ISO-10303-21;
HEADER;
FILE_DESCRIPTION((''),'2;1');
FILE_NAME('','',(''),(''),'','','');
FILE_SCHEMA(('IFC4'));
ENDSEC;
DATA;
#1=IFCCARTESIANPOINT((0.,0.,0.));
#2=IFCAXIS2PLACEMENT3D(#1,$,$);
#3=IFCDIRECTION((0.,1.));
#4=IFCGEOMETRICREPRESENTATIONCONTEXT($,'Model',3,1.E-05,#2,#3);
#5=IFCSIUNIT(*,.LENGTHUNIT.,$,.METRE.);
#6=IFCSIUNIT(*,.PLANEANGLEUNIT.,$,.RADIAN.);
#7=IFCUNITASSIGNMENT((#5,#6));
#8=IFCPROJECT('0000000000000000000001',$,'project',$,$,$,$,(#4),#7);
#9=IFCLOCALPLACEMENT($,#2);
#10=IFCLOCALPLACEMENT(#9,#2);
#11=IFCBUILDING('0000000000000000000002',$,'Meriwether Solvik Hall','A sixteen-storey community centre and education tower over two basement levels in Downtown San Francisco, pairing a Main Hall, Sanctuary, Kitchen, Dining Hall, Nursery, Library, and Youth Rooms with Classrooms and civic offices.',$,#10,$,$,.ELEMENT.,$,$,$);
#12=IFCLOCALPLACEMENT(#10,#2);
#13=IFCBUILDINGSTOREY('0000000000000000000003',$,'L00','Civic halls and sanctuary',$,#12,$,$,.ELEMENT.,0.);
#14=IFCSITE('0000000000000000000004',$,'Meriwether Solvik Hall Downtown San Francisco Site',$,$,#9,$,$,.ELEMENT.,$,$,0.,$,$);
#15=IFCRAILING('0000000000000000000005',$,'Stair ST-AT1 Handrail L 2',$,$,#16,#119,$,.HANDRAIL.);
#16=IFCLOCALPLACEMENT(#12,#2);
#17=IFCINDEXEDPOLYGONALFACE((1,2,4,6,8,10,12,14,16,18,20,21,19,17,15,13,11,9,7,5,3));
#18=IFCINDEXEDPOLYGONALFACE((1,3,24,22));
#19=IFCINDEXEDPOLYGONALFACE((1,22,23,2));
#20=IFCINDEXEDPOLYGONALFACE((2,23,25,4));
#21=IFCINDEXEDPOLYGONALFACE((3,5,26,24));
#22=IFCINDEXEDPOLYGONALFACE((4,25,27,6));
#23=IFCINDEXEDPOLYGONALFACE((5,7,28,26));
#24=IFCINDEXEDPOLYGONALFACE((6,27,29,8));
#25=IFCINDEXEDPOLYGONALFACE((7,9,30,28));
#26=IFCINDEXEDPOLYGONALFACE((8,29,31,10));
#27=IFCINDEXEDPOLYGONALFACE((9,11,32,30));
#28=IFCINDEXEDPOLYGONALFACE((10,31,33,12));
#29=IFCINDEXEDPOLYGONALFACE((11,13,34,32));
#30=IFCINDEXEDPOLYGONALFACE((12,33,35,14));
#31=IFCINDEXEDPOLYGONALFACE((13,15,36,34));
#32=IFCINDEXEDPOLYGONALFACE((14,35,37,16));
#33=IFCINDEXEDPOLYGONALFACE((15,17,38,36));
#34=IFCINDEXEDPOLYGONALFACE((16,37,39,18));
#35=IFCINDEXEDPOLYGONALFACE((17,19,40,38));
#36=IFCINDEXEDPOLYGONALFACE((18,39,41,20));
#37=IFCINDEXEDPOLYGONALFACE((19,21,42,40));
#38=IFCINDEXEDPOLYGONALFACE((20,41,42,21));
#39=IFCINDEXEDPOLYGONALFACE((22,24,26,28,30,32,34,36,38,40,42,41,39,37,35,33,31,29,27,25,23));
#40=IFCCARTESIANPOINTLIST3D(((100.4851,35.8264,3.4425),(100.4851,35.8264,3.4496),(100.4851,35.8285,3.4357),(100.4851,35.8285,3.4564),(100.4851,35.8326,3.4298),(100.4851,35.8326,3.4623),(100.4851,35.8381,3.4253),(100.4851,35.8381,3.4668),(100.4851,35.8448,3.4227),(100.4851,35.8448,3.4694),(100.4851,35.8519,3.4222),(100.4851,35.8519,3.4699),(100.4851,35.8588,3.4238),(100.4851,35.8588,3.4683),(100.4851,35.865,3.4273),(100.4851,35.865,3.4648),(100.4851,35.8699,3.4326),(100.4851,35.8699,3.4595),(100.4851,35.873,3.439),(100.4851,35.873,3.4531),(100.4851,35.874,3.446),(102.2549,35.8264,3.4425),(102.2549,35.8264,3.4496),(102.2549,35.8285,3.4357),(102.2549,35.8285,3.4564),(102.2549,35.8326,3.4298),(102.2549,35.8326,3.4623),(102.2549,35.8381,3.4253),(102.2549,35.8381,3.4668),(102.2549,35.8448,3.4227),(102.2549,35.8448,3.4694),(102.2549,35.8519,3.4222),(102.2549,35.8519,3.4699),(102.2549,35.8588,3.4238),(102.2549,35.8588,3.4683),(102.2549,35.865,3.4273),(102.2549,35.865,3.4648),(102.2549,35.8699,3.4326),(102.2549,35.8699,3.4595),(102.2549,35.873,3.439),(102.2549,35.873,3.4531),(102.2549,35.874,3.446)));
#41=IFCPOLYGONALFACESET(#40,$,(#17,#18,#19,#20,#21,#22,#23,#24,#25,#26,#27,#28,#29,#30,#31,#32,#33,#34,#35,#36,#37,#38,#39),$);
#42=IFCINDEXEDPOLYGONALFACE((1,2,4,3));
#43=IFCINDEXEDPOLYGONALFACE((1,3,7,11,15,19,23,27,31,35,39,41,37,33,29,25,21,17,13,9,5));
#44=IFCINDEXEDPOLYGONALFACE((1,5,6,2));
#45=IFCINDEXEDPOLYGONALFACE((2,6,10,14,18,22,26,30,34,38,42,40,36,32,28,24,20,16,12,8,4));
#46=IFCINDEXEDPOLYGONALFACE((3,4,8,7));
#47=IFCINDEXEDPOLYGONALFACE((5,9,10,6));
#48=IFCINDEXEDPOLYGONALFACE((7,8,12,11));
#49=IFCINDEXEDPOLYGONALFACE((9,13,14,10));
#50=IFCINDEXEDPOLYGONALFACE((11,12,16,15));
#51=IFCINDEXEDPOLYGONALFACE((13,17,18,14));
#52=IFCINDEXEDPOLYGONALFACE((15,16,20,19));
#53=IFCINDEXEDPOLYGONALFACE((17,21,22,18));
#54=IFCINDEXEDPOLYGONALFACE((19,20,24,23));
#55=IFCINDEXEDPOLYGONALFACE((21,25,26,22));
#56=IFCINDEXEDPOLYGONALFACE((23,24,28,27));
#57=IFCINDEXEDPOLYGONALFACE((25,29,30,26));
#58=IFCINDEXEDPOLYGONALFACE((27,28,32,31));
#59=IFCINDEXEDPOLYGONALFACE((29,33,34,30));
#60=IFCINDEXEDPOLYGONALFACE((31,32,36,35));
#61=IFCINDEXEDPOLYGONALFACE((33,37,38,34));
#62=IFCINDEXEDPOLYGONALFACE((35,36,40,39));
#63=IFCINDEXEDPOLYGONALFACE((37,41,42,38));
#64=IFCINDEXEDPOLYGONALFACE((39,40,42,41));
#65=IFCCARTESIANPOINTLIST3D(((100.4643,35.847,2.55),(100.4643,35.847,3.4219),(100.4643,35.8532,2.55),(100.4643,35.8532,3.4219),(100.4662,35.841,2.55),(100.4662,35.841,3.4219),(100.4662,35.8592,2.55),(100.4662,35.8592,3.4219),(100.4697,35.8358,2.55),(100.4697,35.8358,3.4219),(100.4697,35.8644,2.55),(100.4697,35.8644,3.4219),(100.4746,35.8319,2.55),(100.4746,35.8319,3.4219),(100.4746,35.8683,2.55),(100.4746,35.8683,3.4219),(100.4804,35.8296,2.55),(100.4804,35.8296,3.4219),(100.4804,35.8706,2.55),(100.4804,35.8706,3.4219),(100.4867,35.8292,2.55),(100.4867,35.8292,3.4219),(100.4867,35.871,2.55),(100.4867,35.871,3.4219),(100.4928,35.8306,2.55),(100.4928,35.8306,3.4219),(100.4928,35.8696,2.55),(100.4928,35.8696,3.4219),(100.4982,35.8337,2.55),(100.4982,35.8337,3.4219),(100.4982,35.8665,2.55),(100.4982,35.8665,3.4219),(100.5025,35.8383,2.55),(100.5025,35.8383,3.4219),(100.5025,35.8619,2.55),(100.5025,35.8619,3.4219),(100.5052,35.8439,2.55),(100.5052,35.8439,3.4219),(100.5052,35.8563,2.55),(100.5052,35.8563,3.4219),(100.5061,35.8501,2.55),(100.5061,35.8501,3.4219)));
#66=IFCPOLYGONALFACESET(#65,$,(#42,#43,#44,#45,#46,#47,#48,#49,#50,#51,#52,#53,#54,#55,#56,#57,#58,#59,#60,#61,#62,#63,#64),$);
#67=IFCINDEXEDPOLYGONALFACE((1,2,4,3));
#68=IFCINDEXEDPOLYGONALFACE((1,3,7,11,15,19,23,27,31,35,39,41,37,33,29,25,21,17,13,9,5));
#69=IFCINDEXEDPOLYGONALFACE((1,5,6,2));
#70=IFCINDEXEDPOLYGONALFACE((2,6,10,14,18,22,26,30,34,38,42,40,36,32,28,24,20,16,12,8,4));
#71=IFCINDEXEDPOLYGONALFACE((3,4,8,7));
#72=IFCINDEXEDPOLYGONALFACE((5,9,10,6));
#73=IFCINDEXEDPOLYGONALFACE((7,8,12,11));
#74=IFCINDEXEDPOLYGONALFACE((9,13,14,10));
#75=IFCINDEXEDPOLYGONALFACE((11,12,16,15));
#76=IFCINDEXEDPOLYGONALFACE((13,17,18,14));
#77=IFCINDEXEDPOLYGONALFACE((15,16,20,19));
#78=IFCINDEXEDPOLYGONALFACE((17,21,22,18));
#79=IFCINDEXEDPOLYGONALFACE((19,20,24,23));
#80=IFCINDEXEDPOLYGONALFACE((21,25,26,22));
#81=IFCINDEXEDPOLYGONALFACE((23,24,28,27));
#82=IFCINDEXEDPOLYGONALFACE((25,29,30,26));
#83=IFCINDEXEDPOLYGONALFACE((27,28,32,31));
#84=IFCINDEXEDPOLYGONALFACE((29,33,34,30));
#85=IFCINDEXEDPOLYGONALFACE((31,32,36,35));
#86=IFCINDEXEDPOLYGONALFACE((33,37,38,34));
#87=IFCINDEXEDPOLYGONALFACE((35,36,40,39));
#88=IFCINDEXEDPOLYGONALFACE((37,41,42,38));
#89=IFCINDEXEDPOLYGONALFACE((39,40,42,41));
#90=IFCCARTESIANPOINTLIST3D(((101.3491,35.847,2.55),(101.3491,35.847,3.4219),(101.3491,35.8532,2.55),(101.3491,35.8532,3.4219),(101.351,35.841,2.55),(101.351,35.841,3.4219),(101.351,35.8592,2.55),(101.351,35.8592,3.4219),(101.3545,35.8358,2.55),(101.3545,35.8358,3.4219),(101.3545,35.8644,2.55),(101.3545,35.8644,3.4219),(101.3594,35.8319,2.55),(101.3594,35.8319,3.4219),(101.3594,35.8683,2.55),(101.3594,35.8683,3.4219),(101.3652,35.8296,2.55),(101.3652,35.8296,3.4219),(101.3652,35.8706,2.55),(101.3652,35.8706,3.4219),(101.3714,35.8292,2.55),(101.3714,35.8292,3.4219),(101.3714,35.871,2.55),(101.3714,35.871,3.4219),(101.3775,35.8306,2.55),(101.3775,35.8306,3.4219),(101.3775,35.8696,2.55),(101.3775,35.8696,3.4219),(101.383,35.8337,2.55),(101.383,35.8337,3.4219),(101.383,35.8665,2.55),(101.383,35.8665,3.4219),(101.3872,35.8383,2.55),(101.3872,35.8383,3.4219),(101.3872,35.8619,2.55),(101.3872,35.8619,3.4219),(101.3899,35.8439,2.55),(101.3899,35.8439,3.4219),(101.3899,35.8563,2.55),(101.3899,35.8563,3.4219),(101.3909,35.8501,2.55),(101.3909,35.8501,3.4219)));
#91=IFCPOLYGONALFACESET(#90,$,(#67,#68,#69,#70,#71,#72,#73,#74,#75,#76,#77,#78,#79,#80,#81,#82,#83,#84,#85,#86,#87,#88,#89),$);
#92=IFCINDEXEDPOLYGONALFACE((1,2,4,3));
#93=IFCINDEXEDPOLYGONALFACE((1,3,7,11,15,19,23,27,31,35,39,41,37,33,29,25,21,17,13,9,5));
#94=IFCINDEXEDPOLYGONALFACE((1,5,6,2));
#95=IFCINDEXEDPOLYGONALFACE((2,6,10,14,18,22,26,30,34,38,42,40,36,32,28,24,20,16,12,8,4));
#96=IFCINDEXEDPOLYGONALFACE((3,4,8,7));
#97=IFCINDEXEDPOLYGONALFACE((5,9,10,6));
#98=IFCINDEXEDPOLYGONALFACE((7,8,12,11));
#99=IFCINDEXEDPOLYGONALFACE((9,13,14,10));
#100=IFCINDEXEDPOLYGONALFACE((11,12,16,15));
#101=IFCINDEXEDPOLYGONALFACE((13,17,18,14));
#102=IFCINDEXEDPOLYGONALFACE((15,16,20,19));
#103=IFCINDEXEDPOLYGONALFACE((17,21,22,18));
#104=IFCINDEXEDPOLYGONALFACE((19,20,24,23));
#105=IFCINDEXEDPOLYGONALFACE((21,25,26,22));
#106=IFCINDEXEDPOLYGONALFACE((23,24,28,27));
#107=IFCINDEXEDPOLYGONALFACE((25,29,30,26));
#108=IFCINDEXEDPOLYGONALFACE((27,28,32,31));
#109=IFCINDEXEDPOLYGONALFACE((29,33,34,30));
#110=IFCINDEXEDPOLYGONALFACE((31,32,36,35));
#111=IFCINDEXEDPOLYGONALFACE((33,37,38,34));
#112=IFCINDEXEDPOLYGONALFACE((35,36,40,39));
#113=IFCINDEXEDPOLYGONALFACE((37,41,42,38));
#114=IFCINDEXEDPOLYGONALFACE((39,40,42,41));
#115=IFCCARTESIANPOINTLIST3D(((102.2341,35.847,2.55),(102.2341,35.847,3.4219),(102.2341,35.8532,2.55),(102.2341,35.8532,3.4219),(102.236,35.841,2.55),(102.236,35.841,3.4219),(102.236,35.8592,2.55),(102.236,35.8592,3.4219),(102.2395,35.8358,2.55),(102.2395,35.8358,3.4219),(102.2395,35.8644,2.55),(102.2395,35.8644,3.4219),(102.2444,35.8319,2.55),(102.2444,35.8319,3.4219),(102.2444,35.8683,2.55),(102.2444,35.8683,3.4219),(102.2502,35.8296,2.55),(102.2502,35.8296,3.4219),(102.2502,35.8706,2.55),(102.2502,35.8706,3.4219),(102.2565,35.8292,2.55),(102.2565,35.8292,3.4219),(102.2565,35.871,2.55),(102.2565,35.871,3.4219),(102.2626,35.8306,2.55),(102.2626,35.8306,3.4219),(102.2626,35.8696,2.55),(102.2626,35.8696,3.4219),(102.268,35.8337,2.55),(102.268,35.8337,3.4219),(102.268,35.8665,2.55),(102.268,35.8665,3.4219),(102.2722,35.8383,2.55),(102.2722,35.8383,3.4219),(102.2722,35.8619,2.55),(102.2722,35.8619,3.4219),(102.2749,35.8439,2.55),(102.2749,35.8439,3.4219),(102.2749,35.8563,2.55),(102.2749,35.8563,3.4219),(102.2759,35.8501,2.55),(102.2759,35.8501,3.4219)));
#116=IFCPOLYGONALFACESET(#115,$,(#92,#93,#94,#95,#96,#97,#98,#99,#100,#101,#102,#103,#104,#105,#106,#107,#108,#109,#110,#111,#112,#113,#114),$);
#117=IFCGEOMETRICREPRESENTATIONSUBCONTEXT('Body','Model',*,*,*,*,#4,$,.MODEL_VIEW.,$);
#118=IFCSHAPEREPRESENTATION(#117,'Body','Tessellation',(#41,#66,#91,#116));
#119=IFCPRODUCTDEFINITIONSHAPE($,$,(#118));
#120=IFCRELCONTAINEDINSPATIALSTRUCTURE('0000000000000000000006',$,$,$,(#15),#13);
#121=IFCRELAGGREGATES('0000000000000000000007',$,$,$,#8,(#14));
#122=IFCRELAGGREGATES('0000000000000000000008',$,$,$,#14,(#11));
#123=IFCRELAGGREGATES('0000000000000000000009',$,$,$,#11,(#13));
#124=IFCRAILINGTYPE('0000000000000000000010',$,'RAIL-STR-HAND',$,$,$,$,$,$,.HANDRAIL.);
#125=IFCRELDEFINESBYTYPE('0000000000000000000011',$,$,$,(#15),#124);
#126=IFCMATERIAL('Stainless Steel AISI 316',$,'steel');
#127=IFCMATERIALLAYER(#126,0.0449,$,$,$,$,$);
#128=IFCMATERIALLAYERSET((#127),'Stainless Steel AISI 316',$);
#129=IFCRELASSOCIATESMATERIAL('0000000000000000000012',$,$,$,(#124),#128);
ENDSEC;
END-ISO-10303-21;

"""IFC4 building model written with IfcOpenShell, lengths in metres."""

from ifc_helpers import new_model, si_unit, direction, frame, origin, origin_2d, place, context, subcontext, project, spatial, circle, extrude, material, layer, layer_set, type_object, element, save


model = new_model("IFC4")

# Units and contexts
model_context = context("Model", 3, precision=1e-05, world=origin(), true_north=direction((0.0, 1.0)))
body_context = subcontext(model_context, "Body", "Model", "MODEL_VIEW")
ifc_project = project(units=[si_unit("LENGTHUNIT", "METRE"), si_unit("PLANEANGLEUNIT", "RADIAN")], contexts=[model_context])

# Site, building, storey
site_placement = place(None, origin())
site = spatial("IfcSite", under=ifc_project, at=site_placement, Name="Meriwether Solvik Hall Downtown San Francisco Site", CompositionType="ELEMENT", RefElevation=0.0)
building_placement = place(site_placement, origin())
building = spatial("IfcBuilding", under=site, at=building_placement, Name="Meriwether Solvik Hall", Description="A sixteen-storey community centre and education tower over two basement levels in Downtown San Francisco, pairing a Main Hall, Sanctuary, Kitchen, Dining Hall, Nursery, Library, and Youth Rooms with Classrooms and civic offices.", CompositionType="ELEMENT")
storey_placement = place(building_placement, origin())
storey = spatial("IfcBuildingStorey", under=building, at=storey_placement, Name="L00", Description="Civic halls and sanctuary", CompositionType="ELEMENT", Elevation=0.0)

# Railing
ifc_material_1 = material(Name="Stainless Steel AISI 316", Category="steel")
ifc_layer_1 = layer(ifc_material_1, 0.0449)
ifc_layer_set_1 = layer_set([ifc_layer_1], Name="Stainless Steel AISI 316")
railing_type_1 = type_object("IfcRailingType", Name="RAIL-STR-HAND", PredefinedType="HANDRAIL", material=ifc_layer_set_1)
railing_1_placement = place(storey_placement, frame((100.4851, 35.8501, 2.55)))
element("IfcRailing", 1, at=railing_1_placement, inside=storey, type_object=railing_type_1, Name="Stair ST-AT1 Handrail L 2", PredefinedType="HANDRAIL", context=body_context, shape_type="SweptSolid", body=[
    extrude(circle(Radius=0.0239, at=origin_2d()), frame((0.0, 0.0, 0.896), z_axis=(1.0, 0.0, 0.0), x_axis=(0.0, 1.0, 0.0)), (0.0, 0.0, 1.0), 1.7698),
    extrude(circle(Radius=0.021, at=origin_2d()), origin(), (0.0, 0.0, 1.0), 0.8718),
    extrude(circle(Radius=0.021, at=origin_2d()), frame((0.8848, 0.0, 0.0)), (0.0, 0.0, 1.0), 0.8718),
    extrude(circle(Radius=0.021, at=origin_2d()), frame((1.7698, 0.0, 0.0)), (0.0, 0.0, 1.0), 0.8718),
])

save(model, "model.ifc")
